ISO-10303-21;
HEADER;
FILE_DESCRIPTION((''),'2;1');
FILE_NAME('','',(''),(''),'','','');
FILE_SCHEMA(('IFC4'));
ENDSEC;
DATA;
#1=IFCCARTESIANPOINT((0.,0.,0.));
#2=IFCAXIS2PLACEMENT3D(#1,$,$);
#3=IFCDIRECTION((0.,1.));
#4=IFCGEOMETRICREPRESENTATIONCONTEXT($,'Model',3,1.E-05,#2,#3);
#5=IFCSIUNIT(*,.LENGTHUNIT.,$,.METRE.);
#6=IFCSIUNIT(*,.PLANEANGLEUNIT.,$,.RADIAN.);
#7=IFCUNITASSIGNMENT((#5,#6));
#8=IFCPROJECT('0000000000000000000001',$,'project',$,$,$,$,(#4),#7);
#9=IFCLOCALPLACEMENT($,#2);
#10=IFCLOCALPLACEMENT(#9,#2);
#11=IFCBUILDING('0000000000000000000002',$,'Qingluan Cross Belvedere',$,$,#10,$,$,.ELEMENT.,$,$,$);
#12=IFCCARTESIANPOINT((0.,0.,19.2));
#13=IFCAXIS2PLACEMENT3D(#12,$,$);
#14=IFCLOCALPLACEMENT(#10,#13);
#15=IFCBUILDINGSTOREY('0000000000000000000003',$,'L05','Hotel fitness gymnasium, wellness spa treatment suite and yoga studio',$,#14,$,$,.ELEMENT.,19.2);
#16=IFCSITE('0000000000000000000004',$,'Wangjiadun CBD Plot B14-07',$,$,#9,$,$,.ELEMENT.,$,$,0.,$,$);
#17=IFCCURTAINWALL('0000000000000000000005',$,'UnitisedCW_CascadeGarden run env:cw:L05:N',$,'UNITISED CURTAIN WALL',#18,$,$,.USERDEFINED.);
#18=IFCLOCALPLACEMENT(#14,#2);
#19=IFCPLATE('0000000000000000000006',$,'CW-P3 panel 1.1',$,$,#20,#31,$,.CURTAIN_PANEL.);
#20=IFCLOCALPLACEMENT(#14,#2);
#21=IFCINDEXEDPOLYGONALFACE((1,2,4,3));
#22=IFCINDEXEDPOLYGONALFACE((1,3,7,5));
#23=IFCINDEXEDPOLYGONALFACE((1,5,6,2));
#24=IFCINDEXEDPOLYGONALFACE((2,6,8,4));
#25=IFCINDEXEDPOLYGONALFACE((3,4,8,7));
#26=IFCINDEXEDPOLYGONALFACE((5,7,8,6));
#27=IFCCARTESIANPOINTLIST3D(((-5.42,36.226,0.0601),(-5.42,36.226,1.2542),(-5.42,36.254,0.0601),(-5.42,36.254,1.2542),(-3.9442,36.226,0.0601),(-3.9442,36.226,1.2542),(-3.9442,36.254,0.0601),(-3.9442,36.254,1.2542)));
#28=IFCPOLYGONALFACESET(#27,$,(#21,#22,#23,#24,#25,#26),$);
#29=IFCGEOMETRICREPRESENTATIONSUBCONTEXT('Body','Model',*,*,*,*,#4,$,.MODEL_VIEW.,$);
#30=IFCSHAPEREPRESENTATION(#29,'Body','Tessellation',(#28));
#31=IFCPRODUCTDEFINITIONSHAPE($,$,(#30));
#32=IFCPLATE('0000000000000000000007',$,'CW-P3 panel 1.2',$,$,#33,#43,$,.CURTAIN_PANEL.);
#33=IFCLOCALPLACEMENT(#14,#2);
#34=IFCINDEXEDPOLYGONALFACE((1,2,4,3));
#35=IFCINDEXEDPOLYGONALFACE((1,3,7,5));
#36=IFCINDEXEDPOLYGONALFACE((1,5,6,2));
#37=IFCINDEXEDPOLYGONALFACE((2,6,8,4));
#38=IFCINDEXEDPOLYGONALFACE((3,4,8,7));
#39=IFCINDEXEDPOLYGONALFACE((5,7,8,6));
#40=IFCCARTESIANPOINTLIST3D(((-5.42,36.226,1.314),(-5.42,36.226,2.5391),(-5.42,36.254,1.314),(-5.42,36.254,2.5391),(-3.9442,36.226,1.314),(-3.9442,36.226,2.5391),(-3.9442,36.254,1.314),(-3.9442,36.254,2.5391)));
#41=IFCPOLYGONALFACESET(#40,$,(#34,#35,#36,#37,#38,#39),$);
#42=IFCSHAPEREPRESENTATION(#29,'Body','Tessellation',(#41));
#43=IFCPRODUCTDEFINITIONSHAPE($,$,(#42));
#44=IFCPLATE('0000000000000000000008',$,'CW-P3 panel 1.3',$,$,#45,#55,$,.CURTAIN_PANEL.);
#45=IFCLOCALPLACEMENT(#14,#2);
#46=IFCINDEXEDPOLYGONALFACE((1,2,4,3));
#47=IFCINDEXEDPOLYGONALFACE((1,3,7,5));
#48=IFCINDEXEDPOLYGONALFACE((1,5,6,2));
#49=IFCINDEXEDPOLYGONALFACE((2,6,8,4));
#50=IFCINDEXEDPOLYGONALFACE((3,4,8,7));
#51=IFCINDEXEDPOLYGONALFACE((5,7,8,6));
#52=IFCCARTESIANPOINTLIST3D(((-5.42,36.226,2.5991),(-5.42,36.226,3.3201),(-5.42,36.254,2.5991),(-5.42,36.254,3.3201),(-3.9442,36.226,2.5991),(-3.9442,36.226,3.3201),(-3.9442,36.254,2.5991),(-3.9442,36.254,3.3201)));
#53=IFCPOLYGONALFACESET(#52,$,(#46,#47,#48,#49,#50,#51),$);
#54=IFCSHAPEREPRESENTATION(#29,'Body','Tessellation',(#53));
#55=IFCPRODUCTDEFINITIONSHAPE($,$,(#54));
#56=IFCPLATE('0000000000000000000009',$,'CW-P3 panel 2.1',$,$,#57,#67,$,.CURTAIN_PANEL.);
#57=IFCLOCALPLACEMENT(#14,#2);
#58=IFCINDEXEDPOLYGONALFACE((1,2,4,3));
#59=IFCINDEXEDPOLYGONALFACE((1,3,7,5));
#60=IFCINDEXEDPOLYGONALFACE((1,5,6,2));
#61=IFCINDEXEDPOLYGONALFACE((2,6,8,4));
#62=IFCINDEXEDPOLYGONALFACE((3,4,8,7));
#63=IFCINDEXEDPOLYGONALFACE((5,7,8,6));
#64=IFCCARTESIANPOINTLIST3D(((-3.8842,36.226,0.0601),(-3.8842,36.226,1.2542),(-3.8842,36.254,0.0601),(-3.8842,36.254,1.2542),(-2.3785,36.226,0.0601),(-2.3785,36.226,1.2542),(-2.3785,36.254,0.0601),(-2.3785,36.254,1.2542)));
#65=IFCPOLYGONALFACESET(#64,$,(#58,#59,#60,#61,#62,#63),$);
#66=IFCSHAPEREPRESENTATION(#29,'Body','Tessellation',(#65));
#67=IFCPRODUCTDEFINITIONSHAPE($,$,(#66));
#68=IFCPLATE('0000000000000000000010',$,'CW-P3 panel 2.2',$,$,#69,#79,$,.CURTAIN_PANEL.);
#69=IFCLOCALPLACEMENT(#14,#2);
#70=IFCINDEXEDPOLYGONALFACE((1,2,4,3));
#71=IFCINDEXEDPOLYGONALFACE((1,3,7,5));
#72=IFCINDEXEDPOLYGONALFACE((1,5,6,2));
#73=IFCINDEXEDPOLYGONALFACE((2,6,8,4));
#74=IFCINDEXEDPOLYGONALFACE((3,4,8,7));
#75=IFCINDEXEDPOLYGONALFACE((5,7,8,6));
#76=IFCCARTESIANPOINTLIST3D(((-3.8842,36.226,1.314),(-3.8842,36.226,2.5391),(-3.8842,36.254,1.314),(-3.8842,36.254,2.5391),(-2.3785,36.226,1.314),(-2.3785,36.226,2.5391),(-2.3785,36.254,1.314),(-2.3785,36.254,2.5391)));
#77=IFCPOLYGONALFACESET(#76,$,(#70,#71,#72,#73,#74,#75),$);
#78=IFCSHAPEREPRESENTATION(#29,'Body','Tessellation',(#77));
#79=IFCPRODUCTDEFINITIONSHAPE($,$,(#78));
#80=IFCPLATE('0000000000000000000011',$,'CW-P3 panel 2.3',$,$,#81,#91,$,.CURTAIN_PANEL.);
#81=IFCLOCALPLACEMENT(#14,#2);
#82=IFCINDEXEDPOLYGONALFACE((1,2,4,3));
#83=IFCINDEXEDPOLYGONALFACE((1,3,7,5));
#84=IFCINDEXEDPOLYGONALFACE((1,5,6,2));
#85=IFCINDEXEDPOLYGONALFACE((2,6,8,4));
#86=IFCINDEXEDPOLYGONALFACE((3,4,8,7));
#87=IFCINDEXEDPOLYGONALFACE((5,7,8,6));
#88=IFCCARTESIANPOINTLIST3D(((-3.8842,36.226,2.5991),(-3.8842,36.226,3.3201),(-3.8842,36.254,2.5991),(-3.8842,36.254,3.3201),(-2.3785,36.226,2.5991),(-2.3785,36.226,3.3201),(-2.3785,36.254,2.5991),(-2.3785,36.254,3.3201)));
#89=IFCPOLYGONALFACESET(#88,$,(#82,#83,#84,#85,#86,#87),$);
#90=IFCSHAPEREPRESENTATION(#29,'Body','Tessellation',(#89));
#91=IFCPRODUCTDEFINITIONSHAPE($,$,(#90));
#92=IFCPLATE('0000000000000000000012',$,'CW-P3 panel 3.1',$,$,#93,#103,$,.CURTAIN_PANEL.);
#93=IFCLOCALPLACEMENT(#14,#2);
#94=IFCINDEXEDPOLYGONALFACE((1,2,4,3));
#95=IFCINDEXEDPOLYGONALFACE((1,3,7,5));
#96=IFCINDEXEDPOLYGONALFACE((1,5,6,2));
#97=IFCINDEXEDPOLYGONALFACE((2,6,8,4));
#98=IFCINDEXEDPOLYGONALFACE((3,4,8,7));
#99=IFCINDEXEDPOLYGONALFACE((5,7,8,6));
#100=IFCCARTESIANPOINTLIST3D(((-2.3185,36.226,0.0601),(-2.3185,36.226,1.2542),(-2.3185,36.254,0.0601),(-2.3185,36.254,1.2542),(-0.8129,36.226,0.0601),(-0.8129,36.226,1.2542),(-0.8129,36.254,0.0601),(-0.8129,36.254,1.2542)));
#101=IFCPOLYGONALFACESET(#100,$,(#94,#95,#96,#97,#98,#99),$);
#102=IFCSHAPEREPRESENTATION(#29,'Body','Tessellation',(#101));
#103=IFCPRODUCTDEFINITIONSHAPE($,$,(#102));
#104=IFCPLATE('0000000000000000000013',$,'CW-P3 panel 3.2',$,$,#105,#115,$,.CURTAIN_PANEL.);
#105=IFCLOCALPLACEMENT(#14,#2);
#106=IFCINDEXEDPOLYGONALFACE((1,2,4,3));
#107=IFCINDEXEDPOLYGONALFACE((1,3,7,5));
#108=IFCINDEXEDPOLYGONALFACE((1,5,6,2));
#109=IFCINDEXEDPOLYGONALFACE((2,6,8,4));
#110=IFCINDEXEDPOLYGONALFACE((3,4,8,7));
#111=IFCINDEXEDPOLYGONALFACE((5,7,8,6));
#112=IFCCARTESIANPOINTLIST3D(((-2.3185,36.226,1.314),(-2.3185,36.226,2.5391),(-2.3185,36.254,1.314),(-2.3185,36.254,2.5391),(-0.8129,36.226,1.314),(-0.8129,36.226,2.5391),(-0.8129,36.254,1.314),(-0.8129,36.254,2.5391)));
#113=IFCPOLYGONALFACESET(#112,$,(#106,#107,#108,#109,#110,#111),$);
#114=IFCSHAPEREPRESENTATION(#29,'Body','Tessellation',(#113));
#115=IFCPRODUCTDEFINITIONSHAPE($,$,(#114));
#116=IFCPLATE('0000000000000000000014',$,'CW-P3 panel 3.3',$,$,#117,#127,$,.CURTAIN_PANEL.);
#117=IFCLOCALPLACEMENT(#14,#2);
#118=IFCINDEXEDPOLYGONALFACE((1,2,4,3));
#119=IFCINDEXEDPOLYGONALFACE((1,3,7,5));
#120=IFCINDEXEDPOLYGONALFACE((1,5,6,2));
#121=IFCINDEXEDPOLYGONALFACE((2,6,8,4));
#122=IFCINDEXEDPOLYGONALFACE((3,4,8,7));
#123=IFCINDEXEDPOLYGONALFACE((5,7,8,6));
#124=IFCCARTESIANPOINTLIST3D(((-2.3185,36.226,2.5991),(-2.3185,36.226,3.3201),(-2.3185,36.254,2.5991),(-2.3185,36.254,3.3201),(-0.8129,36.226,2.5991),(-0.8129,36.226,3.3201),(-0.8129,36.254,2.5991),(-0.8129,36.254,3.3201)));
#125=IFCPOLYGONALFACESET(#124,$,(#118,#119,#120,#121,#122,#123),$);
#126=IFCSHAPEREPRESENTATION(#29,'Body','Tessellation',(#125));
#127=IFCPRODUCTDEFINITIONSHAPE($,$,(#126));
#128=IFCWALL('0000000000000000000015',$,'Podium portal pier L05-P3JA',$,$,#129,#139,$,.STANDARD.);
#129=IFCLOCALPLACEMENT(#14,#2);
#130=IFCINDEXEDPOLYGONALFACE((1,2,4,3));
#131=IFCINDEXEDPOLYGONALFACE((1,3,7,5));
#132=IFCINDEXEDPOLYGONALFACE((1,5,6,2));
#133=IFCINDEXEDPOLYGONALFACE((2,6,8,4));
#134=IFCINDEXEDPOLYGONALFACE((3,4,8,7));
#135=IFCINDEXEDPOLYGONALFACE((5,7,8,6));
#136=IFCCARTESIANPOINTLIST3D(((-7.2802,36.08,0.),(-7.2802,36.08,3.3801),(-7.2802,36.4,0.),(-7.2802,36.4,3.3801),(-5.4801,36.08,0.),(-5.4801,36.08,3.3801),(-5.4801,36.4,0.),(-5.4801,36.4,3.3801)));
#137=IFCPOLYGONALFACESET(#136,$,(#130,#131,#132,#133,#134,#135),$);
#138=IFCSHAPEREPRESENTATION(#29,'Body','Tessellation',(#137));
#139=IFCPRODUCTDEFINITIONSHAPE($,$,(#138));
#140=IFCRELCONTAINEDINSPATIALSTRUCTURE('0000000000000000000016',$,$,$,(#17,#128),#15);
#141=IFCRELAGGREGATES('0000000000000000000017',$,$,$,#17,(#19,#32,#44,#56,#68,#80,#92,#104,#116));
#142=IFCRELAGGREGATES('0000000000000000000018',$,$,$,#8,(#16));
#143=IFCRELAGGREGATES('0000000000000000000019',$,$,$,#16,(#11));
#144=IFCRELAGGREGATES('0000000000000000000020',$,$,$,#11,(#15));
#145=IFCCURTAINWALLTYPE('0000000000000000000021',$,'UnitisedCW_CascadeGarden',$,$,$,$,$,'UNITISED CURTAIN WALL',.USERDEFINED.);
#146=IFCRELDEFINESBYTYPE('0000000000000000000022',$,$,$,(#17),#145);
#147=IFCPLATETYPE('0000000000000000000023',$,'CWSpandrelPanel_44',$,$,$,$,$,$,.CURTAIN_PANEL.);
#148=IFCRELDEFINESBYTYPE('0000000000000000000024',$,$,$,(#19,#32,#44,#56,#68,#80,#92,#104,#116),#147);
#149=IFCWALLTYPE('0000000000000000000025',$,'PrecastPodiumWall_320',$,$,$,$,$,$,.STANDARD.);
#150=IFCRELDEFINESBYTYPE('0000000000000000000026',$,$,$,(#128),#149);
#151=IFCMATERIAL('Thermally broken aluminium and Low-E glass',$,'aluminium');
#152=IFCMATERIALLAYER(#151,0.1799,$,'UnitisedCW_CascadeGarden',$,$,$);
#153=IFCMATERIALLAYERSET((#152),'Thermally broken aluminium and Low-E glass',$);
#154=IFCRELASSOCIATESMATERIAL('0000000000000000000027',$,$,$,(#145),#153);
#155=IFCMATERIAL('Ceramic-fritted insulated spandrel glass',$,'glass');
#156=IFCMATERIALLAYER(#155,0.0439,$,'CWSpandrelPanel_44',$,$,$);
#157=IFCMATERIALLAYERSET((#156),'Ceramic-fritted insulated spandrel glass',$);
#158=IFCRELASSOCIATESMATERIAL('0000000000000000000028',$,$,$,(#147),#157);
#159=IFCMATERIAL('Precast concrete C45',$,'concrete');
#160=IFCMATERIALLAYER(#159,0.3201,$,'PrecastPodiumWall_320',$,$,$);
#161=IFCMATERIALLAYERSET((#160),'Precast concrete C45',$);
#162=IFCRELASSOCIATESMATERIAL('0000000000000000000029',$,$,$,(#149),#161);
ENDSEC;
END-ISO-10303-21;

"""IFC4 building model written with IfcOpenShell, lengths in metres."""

from ifc_helpers import new_model, si_unit, direction, frame, frame_2d, origin, origin_2d, place, context, subcontext, project, spatial, rectangle, extrude, material, layer, layer_set, type_object, element, aggregate, save


model = new_model("IFC4")

# Units and contexts
model_context = context("Model", 3, precision=1e-05, world=origin(), true_north=direction((0.0, 1.0)))
body_context = subcontext(model_context, "Body", "Model", "MODEL_VIEW")
ifc_project = project(units=[si_unit("LENGTHUNIT", "METRE"), si_unit("PLANEANGLEUNIT", "RADIAN")], contexts=[model_context])

# Site, building, storey
site_placement = place(None, origin())
site = spatial("IfcSite", under=ifc_project, at=site_placement, Name="Wangjiadun CBD Plot B14-07", CompositionType="ELEMENT", RefElevation=0.0)
building_placement = place(site_placement, origin())
building = spatial("IfcBuilding", under=site, at=building_placement, Name="Qingluan Cross Belvedere", CompositionType="ELEMENT")
storey_placement = place(building_placement, frame((0.0, 0.0, 19.2)))
storey = spatial("IfcBuildingStorey", under=building, at=storey_placement, Name="L05", Description="Hotel fitness gymnasium, wellness spa treatment suite and yoga studio", CompositionType="ELEMENT", Elevation=19.2)

# Curtain wall
ifc_material_1 = material(Name="Thermally broken aluminium and Low-E glass", Category="aluminium")
ifc_layer_1 = layer(ifc_material_1, 0.1799, Name="UnitisedCW_CascadeGarden")
ifc_layer_set_1 = layer_set([ifc_layer_1], Name="Thermally broken aluminium and Low-E glass")
curtain_wall_type = type_object("IfcCurtainWallType", Name="UnitisedCW_CascadeGarden", ElementType="UNITISED CURTAIN WALL", PredefinedType="USERDEFINED", material=ifc_layer_set_1)
curtain_wall_placement = place(storey_placement, origin())
curtain_wall = element("IfcCurtainWall", 1, at=curtain_wall_placement, inside=storey, type_object=curtain_wall_type, Name="UnitisedCW_CascadeGarden run env:cw:L05:N", ObjectType="UNITISED CURTAIN WALL", PredefinedType="USERDEFINED")

# Plates
ifc_material_2 = material(Name="Ceramic-fritted insulated spandrel glass", Category="glass")
ifc_layer_2 = layer(ifc_material_2, 0.0439, Name="CWSpandrelPanel_44")
ifc_layer_set_2 = layer_set([ifc_layer_2], Name="Ceramic-fritted insulated spandrel glass")
plate_type = type_object("IfcPlateType", Name="CWSpandrelPanel_44", PredefinedType="CURTAIN_PANEL", material=ifc_layer_set_2)
plate_1_placement = place(storey_placement, frame((-4.6821, 36.24, 0.0601), z_axis=(0.0, 0.0, 1.0), x_axis=(1.0, 0.0, 0.0)))
plate_1 = element("IfcPlate", 2, at=plate_1_placement, type_object=plate_type, Name="CW-P3 panel 1.1", PredefinedType="CURTAIN_PANEL", context=body_context, shape_type="SweptSolid", body=[
    extrude(rectangle(XDim=1.4758, YDim=0.0281, at=origin_2d()), origin(), (0.0, 0.0, 1.0), 1.1941),
])
plate_2_placement = place(storey_placement, frame((-4.6821, 36.24, 1.314), z_axis=(0.0, 0.0, 1.0), x_axis=(1.0, 0.0, 0.0)))
plate_2 = element("IfcPlate", 3, at=plate_2_placement, type_object=plate_type, Name="CW-P3 panel 1.2", PredefinedType="CURTAIN_PANEL", context=body_context, shape_type="SweptSolid", body=[
    extrude(rectangle(XDim=1.4758, YDim=0.0281, at=origin_2d()), origin(), (0.0, 0.0, 1.0), 1.2251),
])
plate_3_placement = place(storey_placement, frame((-4.6821, 36.24, 2.5991), z_axis=(0.0, 0.0, 1.0), x_axis=(1.0, 0.0, 0.0)))
plate_3 = element("IfcPlate", 4, at=plate_3_placement, type_object=plate_type, Name="CW-P3 panel 1.3", PredefinedType="CURTAIN_PANEL", context=body_context, shape_type="SweptSolid", body=[
    extrude(rectangle(XDim=1.4758, YDim=0.0281, at=origin_2d()), origin(), (0.0, 0.0, 1.0), 0.7209),
])
plate_4_placement = place(storey_placement, frame((-3.1313, 36.24, 0.0601), z_axis=(0.0, 0.0, 1.0), x_axis=(1.0, 0.0, 0.0)))
plate_4 = element("IfcPlate", 5, at=plate_4_placement, type_object=plate_type, Name="CW-P3 panel 2.1", PredefinedType="CURTAIN_PANEL", context=body_context, shape_type="SweptSolid", body=[
    extrude(rectangle(XDim=1.5056, YDim=0.0281, at=origin_2d()), origin(), (0.0, 0.0, 1.0), 1.1941),
])
plate_5_placement = place(storey_placement, frame((-3.1313, 36.24, 1.314), z_axis=(0.0, 0.0, 1.0), x_axis=(1.0, 0.0, 0.0)))
plate_5 = element("IfcPlate", 6, at=plate_5_placement, type_object=plate_type, Name="CW-P3 panel 2.2", PredefinedType="CURTAIN_PANEL", context=body_context, shape_type="SweptSolid", body=[
    extrude(rectangle(XDim=1.5056, YDim=0.0281, at=origin_2d()), origin(), (0.0, 0.0, 1.0), 1.2251),
])
plate_6_placement = place(storey_placement, frame((-3.1313, 36.24, 2.5991), z_axis=(0.0, 0.0, 1.0), x_axis=(1.0, 0.0, 0.0)))
plate_6 = element("IfcPlate", 7, at=plate_6_placement, type_object=plate_type, Name="CW-P3 panel 2.3", PredefinedType="CURTAIN_PANEL", context=body_context, shape_type="SweptSolid", body=[
    extrude(rectangle(XDim=1.5056, YDim=0.0281, at=origin_2d()), origin(), (0.0, 0.0, 1.0), 0.7209),
])
plate_7_placement = place(storey_placement, frame((-1.5657, 36.24, 0.0601), z_axis=(0.0, 0.0, 1.0), x_axis=(1.0, 0.0, 0.0)))
plate_7 = element("IfcPlate", 8, at=plate_7_placement, type_object=plate_type, Name="CW-P3 panel 3.1", PredefinedType="CURTAIN_PANEL", context=body_context, shape_type="SweptSolid", body=[
    extrude(rectangle(XDim=1.5056, YDim=0.0281, at=origin_2d()), origin(), (0.0, 0.0, 1.0), 1.1941),
])
plate_8_placement = place(storey_placement, frame((-1.5657, 36.24, 1.314), z_axis=(0.0, 0.0, 1.0), x_axis=(1.0, 0.0, 0.0)))
plate_8 = element("IfcPlate", 9, at=plate_8_placement, type_object=plate_type, Name="CW-P3 panel 3.2", PredefinedType="CURTAIN_PANEL", context=body_context, shape_type="SweptSolid", body=[
    extrude(rectangle(XDim=1.5056, YDim=0.0281, at=origin_2d()), origin(), (0.0, 0.0, 1.0), 1.2251),
])
plate_9_placement = place(storey_placement, frame((-1.5657, 36.24, 2.5991), z_axis=(0.0, 0.0, 1.0), x_axis=(1.0, 0.0, 0.0)))
plate_9 = element("IfcPlate", 10, at=plate_9_placement, type_object=plate_type, Name="CW-P3 panel 3.3", PredefinedType="CURTAIN_PANEL", context=body_context, shape_type="SweptSolid", body=[
    extrude(rectangle(XDim=1.5056, YDim=0.0281, at=origin_2d()), origin(), (0.0, 0.0, 1.0), 0.7209),
])
aggregate(curtain_wall, [plate_1, plate_2, plate_3, plate_4, plate_5, plate_6, plate_7, plate_8, plate_9])

# Wall
ifc_material_3 = material(Name="Precast concrete C45", Category="concrete")
ifc_layer_3 = layer(ifc_material_3, 0.3201, Name="PrecastPodiumWall_320")
ifc_layer_set_3 = layer_set([ifc_layer_3], Name="Precast concrete C45")
wall_type = type_object("IfcWallType", Name="PrecastPodiumWall_320", PredefinedType="STANDARD", material=ifc_layer_set_3)
wall_placement = place(storey_placement, frame((-7.28, 36.24, 0.0), z_axis=(0.0, 0.0, 1.0), x_axis=(1.0, 0.0, 0.0)))
element("IfcWall", 11, at=wall_placement, inside=storey, type_object=wall_type, Name="Podium portal pier L05-P3JA", PredefinedType="STANDARD", context=body_context, shape_type="SweptSolid", body=[
    extrude(rectangle(XDim=1.8, YDim=0.3201, at=frame_2d((0.8999, 0.0))), origin(), (0.0, 0.0, 1.0), 3.3801),
])

save(model, "model.ifc")
